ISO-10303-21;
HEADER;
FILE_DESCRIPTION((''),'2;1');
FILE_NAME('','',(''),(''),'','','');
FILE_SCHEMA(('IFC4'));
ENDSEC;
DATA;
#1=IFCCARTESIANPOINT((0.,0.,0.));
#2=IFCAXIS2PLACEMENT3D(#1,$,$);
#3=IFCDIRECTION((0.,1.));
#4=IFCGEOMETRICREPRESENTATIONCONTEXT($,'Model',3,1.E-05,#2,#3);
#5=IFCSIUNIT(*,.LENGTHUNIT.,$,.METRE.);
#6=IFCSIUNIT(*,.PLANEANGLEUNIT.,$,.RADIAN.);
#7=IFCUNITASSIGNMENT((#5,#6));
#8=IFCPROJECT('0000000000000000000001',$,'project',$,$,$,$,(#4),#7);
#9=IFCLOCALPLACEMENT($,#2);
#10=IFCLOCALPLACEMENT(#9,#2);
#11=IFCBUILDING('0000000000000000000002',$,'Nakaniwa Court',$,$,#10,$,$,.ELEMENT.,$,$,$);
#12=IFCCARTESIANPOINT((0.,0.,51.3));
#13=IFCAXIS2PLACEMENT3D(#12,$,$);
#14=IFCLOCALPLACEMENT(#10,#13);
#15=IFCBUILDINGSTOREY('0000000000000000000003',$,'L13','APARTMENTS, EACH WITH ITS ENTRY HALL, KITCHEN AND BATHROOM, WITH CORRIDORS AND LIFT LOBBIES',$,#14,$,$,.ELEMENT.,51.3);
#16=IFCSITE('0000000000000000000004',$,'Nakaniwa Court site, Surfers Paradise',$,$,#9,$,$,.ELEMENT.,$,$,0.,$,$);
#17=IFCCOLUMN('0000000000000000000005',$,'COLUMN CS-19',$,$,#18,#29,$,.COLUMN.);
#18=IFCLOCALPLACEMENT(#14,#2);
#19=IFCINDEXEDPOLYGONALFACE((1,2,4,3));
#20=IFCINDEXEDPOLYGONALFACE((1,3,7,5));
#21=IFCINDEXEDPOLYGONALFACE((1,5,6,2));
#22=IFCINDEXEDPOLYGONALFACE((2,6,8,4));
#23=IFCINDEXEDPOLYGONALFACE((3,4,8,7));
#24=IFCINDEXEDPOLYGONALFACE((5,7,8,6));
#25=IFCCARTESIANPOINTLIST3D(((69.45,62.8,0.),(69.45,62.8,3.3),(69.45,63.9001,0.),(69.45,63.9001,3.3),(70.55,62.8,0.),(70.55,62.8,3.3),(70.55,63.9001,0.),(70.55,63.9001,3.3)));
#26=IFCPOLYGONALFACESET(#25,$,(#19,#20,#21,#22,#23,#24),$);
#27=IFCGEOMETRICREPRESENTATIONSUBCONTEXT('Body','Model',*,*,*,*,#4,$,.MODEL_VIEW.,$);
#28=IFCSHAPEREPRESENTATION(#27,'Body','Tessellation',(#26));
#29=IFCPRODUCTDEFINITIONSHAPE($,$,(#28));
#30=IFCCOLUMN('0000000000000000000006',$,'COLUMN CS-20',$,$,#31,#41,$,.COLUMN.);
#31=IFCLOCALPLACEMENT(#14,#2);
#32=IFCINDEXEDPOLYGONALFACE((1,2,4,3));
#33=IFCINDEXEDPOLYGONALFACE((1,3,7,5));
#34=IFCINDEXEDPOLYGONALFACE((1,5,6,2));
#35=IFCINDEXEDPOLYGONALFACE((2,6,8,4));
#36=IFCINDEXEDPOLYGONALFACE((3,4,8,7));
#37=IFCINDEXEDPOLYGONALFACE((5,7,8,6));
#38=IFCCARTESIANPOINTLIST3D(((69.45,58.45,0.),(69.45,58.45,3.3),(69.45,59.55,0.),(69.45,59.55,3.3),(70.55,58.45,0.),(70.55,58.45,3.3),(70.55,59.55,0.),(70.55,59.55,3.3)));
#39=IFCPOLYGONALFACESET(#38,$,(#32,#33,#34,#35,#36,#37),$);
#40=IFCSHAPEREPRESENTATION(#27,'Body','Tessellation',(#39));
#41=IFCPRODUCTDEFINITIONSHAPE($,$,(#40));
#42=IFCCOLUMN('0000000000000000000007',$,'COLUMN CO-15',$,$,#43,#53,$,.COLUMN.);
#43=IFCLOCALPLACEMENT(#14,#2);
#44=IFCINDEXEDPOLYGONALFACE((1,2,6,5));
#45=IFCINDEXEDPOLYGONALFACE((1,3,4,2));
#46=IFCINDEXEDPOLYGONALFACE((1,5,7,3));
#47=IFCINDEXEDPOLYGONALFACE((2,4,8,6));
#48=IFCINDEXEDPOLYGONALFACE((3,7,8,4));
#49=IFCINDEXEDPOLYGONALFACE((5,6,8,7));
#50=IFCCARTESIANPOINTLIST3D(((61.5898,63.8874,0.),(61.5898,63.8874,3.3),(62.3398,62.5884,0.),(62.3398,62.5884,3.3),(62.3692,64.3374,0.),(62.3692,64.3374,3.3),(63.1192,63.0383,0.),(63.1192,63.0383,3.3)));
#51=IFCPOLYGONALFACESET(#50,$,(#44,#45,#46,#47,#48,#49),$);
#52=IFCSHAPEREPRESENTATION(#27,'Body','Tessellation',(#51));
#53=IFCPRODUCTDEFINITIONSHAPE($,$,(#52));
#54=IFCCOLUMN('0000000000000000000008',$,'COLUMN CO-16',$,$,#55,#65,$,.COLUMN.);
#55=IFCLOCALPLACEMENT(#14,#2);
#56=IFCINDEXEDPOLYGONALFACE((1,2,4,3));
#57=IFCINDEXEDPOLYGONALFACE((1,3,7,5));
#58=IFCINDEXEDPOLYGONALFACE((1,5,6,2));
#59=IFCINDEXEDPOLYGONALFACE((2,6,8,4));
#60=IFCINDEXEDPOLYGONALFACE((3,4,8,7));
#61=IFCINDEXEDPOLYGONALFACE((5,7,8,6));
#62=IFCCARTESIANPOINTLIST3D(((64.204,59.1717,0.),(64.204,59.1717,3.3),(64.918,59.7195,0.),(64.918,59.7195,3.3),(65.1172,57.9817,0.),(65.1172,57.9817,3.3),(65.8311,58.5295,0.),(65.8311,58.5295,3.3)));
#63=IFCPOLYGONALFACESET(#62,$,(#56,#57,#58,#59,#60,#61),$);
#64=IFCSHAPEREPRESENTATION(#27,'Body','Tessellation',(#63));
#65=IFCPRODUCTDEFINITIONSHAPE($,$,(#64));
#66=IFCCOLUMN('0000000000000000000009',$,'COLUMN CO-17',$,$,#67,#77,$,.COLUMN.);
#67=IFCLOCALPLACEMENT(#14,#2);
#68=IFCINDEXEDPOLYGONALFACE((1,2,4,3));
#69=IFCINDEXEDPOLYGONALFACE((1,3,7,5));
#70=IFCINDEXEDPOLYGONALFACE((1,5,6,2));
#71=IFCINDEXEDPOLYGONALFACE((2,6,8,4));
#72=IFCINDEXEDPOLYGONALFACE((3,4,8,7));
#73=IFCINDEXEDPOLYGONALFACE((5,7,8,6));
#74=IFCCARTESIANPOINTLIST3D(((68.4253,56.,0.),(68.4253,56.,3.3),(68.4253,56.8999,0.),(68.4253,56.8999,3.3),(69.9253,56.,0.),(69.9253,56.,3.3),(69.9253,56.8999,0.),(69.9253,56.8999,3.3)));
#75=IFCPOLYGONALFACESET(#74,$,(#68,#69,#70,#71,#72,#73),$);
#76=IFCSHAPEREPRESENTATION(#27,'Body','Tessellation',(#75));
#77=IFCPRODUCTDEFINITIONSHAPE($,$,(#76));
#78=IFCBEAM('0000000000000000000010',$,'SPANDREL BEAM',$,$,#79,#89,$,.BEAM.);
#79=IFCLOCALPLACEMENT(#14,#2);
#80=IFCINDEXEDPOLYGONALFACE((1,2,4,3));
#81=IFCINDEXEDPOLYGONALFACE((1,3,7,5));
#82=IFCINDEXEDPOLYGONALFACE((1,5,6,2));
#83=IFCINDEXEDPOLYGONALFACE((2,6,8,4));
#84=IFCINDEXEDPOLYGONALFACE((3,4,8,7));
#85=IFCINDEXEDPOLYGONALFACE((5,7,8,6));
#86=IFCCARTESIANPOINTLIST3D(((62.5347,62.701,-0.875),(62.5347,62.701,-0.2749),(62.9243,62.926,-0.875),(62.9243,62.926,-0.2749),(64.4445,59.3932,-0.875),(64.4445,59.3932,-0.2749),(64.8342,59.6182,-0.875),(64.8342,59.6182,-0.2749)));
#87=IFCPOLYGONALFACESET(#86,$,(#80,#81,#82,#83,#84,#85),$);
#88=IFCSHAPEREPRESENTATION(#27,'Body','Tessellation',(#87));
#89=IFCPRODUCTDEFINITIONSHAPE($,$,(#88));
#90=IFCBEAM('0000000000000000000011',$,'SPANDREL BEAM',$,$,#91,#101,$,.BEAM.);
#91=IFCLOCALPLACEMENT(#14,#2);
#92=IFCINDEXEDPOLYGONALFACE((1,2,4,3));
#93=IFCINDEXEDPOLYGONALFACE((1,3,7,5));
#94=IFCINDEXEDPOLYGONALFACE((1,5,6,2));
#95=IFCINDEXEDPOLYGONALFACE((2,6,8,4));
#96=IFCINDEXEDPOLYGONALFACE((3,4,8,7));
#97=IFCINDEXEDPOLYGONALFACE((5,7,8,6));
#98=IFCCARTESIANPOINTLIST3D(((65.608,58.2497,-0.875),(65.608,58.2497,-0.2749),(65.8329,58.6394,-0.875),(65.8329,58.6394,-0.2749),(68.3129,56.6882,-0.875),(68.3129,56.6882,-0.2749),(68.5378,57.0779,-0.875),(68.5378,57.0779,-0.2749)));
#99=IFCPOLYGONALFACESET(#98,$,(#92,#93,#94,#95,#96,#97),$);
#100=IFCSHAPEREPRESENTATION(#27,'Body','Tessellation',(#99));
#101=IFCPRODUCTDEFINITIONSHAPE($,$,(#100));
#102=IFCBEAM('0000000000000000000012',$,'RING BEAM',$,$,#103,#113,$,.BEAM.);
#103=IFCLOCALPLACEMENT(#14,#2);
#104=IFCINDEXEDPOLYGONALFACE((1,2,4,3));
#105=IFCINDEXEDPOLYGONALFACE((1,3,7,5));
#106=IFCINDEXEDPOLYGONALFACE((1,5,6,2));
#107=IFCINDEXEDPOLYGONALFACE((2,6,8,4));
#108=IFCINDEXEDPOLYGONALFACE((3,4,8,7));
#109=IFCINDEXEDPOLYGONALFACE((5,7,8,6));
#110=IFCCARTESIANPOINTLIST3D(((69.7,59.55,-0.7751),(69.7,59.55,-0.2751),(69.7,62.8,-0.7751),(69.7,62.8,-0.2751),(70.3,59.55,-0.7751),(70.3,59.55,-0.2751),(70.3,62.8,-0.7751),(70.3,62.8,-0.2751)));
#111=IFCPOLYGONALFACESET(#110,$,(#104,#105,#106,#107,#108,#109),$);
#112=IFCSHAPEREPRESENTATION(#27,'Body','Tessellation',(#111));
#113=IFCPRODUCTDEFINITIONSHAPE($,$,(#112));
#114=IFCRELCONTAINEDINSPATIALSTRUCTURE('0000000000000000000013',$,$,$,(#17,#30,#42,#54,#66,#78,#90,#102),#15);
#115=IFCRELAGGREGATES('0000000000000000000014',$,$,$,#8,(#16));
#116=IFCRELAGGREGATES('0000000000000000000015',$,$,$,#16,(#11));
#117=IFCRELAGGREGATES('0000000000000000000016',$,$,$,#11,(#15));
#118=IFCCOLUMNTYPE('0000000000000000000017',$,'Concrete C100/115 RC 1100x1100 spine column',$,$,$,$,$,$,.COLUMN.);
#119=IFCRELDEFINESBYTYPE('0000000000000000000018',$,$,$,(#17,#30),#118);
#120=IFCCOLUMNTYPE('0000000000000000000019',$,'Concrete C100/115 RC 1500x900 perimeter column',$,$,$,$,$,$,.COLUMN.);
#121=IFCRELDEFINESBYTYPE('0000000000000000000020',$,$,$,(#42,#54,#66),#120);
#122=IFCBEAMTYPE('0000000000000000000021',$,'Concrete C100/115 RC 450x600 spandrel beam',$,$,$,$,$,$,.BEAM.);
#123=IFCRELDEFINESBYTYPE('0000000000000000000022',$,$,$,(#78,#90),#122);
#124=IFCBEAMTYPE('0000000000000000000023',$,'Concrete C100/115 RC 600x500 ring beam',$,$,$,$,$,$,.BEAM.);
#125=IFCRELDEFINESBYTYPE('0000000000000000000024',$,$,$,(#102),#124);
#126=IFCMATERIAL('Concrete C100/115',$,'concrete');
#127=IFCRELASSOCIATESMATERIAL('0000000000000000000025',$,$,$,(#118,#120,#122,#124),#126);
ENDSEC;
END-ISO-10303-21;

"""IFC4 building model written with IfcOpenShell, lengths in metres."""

from ifc_helpers import new_model, si_unit, direction, frame, origin, origin_2d, place, context, subcontext, project, spatial, rectangle, extrude, material, material_profile, profile_set, type_object, element, save


model = new_model("IFC4")

# Units and contexts
model_context = context("Model", 3, precision=1e-05, world=origin(), true_north=direction((0.0, 1.0)))
body_context = subcontext(model_context, "Body", "Model", "MODEL_VIEW")
ifc_project = project(units=[si_unit("LENGTHUNIT", "METRE"), si_unit("PLANEANGLEUNIT", "RADIAN")], contexts=[model_context])

# Site, building, storey
site_placement = place(None, origin())
site = spatial("IfcSite", under=ifc_project, at=site_placement, Name="Nakaniwa Court site, Surfers Paradise", CompositionType="ELEMENT", RefElevation=0.0)
building_placement = place(site_placement, origin())
building = spatial("IfcBuilding", under=site, at=building_placement, Name="Nakaniwa Court", CompositionType="ELEMENT")
storey_placement = place(building_placement, frame((0.0, 0.0, 51.3)))
storey = spatial("IfcBuildingStorey", under=building, at=storey_placement, Name="L13", Description="APARTMENTS, EACH WITH ITS ENTRY HALL, KITCHEN AND BATHROOM, WITH CORRIDORS AND LIFT LOBBIES", CompositionType="ELEMENT", Elevation=51.3)

# Columns
ifc_material_1 = material(Name="Concrete C100/115", Category="concrete")
ifc_material_profile_1 = material_profile(ifc_material_1, rectangle(XDim=1.1001, YDim=1.1001, at=origin_2d()), Name="Concrete C100/115 RC 1100x1100 spine column")
ifc_profile_set_1 = profile_set([ifc_material_profile_1], Name="Concrete C100/115")
column_type_1 = type_object("IfcColumnType", Name="Concrete C100/115 RC 1100x1100 spine column", PredefinedType="COLUMN", material=ifc_profile_set_1)
for number, where, z_axis, x_axis, name in (
    (1, (70.0, 63.3501, 0.0), (0.0, 0.0, 1.0), (0.0, -1.0, 0.0), "COLUMN CS-19"),
    (2, (70.0, 59.0, 0.0), (0.0, 0.0, 1.0), (0.0, -1.0, 0.0), "COLUMN CS-20"),
):
    element("IfcColumn", number, at=place(storey_placement, frame(where, z_axis=z_axis, x_axis=x_axis)), inside=storey, type_object=column_type_1, Name=name, PredefinedType="COLUMN", context=body_context, shape_type="SweptSolid", body=[
        extrude(rectangle(XDim=1.1001, YDim=1.1001, at=origin_2d()), origin(), (0.0, 0.0, 1.0), 3.3),
    ])
ifc_material_profile_2 = material_profile(ifc_material_1, rectangle(XDim=1.5, YDim=0.8999, at=origin_2d()), Name="Concrete C100/115 RC 1500x900 perimeter column")
ifc_profile_set_2 = profile_set([ifc_material_profile_2], Name="Concrete C100/115")
column_type_2 = type_object("IfcColumnType", Name="Concrete C100/115 RC 1500x900 perimeter column", PredefinedType="COLUMN", material=ifc_profile_set_2)
for number, where, z_axis, x_axis, name in (
    (3, (62.3545, 63.4629, 0.0), (0.0, 0.0, 1.0), (0.5, -0.866025, 0.0), "COLUMN CO-15"),
    (4, (65.0176, 58.8506, 0.0), (0.0, 0.0, 1.0), (0.608761, -0.793353, 0.0), "COLUMN CO-16"),
    (5, (69.1753, 56.45, 0.0), (0.0, 0.0, 1.0), (1.0, 0.0, 0.0), "COLUMN CO-17"),
):
    element("IfcColumn", number, at=place(storey_placement, frame(where, z_axis=z_axis, x_axis=x_axis)), inside=storey, type_object=column_type_2, Name=name, PredefinedType="COLUMN", context=body_context, shape_type="SweptSolid", body=[
        extrude(rectangle(XDim=1.5, YDim=0.8999, at=origin_2d()), origin(), (0.0, 0.0, 1.0), 3.3),
    ])

# Beams
ifc_material_profile_3 = material_profile(ifc_material_1, rectangle(XDim=0.45, YDim=0.6001, at=origin_2d()), Name="Concrete C100/115 RC 450x600 spandrel beam")
ifc_profile_set_3 = profile_set([ifc_material_profile_3], Name="Concrete C100/115")
beam_type_1 = type_object("IfcBeamType", Name="Concrete C100/115 RC 450x600 spandrel beam", PredefinedType="BEAM", material=ifc_profile_set_3)
beam_1_placement = place(storey_placement, frame((62.7295, 62.8135, -0.575), z_axis=(0.500023, -0.866012, 0.0), x_axis=(0.866012, 0.500023, 0.0)))
element("IfcBeam", 6, at=beam_1_placement, inside=storey, type_object=beam_type_1, Name="SPANDREL BEAM", PredefinedType="BEAM", context=body_context, shape_type="SweptSolid", body=[
    extrude(rectangle(XDim=0.45, YDim=0.6001, at=origin_2d()), origin(), (0.0, 0.0, 1.0), 3.8196),
])
beam_2_placement = place(storey_placement, frame((65.7205, 58.4446, -0.575), z_axis=(0.866041, -0.499973, 0.0), x_axis=(0.499973, 0.866041, 0.0)))
element("IfcBeam", 7, at=beam_2_placement, inside=storey, type_object=beam_type_1, Name="SPANDREL BEAM", PredefinedType="BEAM", context=body_context, shape_type="SweptSolid", body=[
    extrude(rectangle(XDim=0.45, YDim=0.6001, at=origin_2d()), origin(), (0.0, 0.0, 1.0), 3.1233),
])
ifc_material_profile_4 = material_profile(ifc_material_1, rectangle(XDim=0.6001, YDim=0.5, at=origin_2d()), Name="Concrete C100/115 RC 600x500 ring beam")
ifc_profile_set_4 = profile_set([ifc_material_profile_4], Name="Concrete C100/115")
beam_type_2 = type_object("IfcBeamType", Name="Concrete C100/115 RC 600x500 ring beam", PredefinedType="BEAM", material=ifc_profile_set_4)
beam_3_placement = place(storey_placement, frame((70.0, 62.8, -0.5251), z_axis=(0.0, -1.0, 0.0), x_axis=(1.0, 0.0, 0.0)))
element("IfcBeam", 8, at=beam_3_placement, inside=storey, type_object=beam_type_2, Name="RING BEAM", PredefinedType="BEAM", context=body_context, shape_type="SweptSolid", body=[
    extrude(rectangle(XDim=0.6001, YDim=0.5, at=origin_2d()), origin(), (0.0, 0.0, 1.0), 3.25),
])

save(model, "model.ifc")
